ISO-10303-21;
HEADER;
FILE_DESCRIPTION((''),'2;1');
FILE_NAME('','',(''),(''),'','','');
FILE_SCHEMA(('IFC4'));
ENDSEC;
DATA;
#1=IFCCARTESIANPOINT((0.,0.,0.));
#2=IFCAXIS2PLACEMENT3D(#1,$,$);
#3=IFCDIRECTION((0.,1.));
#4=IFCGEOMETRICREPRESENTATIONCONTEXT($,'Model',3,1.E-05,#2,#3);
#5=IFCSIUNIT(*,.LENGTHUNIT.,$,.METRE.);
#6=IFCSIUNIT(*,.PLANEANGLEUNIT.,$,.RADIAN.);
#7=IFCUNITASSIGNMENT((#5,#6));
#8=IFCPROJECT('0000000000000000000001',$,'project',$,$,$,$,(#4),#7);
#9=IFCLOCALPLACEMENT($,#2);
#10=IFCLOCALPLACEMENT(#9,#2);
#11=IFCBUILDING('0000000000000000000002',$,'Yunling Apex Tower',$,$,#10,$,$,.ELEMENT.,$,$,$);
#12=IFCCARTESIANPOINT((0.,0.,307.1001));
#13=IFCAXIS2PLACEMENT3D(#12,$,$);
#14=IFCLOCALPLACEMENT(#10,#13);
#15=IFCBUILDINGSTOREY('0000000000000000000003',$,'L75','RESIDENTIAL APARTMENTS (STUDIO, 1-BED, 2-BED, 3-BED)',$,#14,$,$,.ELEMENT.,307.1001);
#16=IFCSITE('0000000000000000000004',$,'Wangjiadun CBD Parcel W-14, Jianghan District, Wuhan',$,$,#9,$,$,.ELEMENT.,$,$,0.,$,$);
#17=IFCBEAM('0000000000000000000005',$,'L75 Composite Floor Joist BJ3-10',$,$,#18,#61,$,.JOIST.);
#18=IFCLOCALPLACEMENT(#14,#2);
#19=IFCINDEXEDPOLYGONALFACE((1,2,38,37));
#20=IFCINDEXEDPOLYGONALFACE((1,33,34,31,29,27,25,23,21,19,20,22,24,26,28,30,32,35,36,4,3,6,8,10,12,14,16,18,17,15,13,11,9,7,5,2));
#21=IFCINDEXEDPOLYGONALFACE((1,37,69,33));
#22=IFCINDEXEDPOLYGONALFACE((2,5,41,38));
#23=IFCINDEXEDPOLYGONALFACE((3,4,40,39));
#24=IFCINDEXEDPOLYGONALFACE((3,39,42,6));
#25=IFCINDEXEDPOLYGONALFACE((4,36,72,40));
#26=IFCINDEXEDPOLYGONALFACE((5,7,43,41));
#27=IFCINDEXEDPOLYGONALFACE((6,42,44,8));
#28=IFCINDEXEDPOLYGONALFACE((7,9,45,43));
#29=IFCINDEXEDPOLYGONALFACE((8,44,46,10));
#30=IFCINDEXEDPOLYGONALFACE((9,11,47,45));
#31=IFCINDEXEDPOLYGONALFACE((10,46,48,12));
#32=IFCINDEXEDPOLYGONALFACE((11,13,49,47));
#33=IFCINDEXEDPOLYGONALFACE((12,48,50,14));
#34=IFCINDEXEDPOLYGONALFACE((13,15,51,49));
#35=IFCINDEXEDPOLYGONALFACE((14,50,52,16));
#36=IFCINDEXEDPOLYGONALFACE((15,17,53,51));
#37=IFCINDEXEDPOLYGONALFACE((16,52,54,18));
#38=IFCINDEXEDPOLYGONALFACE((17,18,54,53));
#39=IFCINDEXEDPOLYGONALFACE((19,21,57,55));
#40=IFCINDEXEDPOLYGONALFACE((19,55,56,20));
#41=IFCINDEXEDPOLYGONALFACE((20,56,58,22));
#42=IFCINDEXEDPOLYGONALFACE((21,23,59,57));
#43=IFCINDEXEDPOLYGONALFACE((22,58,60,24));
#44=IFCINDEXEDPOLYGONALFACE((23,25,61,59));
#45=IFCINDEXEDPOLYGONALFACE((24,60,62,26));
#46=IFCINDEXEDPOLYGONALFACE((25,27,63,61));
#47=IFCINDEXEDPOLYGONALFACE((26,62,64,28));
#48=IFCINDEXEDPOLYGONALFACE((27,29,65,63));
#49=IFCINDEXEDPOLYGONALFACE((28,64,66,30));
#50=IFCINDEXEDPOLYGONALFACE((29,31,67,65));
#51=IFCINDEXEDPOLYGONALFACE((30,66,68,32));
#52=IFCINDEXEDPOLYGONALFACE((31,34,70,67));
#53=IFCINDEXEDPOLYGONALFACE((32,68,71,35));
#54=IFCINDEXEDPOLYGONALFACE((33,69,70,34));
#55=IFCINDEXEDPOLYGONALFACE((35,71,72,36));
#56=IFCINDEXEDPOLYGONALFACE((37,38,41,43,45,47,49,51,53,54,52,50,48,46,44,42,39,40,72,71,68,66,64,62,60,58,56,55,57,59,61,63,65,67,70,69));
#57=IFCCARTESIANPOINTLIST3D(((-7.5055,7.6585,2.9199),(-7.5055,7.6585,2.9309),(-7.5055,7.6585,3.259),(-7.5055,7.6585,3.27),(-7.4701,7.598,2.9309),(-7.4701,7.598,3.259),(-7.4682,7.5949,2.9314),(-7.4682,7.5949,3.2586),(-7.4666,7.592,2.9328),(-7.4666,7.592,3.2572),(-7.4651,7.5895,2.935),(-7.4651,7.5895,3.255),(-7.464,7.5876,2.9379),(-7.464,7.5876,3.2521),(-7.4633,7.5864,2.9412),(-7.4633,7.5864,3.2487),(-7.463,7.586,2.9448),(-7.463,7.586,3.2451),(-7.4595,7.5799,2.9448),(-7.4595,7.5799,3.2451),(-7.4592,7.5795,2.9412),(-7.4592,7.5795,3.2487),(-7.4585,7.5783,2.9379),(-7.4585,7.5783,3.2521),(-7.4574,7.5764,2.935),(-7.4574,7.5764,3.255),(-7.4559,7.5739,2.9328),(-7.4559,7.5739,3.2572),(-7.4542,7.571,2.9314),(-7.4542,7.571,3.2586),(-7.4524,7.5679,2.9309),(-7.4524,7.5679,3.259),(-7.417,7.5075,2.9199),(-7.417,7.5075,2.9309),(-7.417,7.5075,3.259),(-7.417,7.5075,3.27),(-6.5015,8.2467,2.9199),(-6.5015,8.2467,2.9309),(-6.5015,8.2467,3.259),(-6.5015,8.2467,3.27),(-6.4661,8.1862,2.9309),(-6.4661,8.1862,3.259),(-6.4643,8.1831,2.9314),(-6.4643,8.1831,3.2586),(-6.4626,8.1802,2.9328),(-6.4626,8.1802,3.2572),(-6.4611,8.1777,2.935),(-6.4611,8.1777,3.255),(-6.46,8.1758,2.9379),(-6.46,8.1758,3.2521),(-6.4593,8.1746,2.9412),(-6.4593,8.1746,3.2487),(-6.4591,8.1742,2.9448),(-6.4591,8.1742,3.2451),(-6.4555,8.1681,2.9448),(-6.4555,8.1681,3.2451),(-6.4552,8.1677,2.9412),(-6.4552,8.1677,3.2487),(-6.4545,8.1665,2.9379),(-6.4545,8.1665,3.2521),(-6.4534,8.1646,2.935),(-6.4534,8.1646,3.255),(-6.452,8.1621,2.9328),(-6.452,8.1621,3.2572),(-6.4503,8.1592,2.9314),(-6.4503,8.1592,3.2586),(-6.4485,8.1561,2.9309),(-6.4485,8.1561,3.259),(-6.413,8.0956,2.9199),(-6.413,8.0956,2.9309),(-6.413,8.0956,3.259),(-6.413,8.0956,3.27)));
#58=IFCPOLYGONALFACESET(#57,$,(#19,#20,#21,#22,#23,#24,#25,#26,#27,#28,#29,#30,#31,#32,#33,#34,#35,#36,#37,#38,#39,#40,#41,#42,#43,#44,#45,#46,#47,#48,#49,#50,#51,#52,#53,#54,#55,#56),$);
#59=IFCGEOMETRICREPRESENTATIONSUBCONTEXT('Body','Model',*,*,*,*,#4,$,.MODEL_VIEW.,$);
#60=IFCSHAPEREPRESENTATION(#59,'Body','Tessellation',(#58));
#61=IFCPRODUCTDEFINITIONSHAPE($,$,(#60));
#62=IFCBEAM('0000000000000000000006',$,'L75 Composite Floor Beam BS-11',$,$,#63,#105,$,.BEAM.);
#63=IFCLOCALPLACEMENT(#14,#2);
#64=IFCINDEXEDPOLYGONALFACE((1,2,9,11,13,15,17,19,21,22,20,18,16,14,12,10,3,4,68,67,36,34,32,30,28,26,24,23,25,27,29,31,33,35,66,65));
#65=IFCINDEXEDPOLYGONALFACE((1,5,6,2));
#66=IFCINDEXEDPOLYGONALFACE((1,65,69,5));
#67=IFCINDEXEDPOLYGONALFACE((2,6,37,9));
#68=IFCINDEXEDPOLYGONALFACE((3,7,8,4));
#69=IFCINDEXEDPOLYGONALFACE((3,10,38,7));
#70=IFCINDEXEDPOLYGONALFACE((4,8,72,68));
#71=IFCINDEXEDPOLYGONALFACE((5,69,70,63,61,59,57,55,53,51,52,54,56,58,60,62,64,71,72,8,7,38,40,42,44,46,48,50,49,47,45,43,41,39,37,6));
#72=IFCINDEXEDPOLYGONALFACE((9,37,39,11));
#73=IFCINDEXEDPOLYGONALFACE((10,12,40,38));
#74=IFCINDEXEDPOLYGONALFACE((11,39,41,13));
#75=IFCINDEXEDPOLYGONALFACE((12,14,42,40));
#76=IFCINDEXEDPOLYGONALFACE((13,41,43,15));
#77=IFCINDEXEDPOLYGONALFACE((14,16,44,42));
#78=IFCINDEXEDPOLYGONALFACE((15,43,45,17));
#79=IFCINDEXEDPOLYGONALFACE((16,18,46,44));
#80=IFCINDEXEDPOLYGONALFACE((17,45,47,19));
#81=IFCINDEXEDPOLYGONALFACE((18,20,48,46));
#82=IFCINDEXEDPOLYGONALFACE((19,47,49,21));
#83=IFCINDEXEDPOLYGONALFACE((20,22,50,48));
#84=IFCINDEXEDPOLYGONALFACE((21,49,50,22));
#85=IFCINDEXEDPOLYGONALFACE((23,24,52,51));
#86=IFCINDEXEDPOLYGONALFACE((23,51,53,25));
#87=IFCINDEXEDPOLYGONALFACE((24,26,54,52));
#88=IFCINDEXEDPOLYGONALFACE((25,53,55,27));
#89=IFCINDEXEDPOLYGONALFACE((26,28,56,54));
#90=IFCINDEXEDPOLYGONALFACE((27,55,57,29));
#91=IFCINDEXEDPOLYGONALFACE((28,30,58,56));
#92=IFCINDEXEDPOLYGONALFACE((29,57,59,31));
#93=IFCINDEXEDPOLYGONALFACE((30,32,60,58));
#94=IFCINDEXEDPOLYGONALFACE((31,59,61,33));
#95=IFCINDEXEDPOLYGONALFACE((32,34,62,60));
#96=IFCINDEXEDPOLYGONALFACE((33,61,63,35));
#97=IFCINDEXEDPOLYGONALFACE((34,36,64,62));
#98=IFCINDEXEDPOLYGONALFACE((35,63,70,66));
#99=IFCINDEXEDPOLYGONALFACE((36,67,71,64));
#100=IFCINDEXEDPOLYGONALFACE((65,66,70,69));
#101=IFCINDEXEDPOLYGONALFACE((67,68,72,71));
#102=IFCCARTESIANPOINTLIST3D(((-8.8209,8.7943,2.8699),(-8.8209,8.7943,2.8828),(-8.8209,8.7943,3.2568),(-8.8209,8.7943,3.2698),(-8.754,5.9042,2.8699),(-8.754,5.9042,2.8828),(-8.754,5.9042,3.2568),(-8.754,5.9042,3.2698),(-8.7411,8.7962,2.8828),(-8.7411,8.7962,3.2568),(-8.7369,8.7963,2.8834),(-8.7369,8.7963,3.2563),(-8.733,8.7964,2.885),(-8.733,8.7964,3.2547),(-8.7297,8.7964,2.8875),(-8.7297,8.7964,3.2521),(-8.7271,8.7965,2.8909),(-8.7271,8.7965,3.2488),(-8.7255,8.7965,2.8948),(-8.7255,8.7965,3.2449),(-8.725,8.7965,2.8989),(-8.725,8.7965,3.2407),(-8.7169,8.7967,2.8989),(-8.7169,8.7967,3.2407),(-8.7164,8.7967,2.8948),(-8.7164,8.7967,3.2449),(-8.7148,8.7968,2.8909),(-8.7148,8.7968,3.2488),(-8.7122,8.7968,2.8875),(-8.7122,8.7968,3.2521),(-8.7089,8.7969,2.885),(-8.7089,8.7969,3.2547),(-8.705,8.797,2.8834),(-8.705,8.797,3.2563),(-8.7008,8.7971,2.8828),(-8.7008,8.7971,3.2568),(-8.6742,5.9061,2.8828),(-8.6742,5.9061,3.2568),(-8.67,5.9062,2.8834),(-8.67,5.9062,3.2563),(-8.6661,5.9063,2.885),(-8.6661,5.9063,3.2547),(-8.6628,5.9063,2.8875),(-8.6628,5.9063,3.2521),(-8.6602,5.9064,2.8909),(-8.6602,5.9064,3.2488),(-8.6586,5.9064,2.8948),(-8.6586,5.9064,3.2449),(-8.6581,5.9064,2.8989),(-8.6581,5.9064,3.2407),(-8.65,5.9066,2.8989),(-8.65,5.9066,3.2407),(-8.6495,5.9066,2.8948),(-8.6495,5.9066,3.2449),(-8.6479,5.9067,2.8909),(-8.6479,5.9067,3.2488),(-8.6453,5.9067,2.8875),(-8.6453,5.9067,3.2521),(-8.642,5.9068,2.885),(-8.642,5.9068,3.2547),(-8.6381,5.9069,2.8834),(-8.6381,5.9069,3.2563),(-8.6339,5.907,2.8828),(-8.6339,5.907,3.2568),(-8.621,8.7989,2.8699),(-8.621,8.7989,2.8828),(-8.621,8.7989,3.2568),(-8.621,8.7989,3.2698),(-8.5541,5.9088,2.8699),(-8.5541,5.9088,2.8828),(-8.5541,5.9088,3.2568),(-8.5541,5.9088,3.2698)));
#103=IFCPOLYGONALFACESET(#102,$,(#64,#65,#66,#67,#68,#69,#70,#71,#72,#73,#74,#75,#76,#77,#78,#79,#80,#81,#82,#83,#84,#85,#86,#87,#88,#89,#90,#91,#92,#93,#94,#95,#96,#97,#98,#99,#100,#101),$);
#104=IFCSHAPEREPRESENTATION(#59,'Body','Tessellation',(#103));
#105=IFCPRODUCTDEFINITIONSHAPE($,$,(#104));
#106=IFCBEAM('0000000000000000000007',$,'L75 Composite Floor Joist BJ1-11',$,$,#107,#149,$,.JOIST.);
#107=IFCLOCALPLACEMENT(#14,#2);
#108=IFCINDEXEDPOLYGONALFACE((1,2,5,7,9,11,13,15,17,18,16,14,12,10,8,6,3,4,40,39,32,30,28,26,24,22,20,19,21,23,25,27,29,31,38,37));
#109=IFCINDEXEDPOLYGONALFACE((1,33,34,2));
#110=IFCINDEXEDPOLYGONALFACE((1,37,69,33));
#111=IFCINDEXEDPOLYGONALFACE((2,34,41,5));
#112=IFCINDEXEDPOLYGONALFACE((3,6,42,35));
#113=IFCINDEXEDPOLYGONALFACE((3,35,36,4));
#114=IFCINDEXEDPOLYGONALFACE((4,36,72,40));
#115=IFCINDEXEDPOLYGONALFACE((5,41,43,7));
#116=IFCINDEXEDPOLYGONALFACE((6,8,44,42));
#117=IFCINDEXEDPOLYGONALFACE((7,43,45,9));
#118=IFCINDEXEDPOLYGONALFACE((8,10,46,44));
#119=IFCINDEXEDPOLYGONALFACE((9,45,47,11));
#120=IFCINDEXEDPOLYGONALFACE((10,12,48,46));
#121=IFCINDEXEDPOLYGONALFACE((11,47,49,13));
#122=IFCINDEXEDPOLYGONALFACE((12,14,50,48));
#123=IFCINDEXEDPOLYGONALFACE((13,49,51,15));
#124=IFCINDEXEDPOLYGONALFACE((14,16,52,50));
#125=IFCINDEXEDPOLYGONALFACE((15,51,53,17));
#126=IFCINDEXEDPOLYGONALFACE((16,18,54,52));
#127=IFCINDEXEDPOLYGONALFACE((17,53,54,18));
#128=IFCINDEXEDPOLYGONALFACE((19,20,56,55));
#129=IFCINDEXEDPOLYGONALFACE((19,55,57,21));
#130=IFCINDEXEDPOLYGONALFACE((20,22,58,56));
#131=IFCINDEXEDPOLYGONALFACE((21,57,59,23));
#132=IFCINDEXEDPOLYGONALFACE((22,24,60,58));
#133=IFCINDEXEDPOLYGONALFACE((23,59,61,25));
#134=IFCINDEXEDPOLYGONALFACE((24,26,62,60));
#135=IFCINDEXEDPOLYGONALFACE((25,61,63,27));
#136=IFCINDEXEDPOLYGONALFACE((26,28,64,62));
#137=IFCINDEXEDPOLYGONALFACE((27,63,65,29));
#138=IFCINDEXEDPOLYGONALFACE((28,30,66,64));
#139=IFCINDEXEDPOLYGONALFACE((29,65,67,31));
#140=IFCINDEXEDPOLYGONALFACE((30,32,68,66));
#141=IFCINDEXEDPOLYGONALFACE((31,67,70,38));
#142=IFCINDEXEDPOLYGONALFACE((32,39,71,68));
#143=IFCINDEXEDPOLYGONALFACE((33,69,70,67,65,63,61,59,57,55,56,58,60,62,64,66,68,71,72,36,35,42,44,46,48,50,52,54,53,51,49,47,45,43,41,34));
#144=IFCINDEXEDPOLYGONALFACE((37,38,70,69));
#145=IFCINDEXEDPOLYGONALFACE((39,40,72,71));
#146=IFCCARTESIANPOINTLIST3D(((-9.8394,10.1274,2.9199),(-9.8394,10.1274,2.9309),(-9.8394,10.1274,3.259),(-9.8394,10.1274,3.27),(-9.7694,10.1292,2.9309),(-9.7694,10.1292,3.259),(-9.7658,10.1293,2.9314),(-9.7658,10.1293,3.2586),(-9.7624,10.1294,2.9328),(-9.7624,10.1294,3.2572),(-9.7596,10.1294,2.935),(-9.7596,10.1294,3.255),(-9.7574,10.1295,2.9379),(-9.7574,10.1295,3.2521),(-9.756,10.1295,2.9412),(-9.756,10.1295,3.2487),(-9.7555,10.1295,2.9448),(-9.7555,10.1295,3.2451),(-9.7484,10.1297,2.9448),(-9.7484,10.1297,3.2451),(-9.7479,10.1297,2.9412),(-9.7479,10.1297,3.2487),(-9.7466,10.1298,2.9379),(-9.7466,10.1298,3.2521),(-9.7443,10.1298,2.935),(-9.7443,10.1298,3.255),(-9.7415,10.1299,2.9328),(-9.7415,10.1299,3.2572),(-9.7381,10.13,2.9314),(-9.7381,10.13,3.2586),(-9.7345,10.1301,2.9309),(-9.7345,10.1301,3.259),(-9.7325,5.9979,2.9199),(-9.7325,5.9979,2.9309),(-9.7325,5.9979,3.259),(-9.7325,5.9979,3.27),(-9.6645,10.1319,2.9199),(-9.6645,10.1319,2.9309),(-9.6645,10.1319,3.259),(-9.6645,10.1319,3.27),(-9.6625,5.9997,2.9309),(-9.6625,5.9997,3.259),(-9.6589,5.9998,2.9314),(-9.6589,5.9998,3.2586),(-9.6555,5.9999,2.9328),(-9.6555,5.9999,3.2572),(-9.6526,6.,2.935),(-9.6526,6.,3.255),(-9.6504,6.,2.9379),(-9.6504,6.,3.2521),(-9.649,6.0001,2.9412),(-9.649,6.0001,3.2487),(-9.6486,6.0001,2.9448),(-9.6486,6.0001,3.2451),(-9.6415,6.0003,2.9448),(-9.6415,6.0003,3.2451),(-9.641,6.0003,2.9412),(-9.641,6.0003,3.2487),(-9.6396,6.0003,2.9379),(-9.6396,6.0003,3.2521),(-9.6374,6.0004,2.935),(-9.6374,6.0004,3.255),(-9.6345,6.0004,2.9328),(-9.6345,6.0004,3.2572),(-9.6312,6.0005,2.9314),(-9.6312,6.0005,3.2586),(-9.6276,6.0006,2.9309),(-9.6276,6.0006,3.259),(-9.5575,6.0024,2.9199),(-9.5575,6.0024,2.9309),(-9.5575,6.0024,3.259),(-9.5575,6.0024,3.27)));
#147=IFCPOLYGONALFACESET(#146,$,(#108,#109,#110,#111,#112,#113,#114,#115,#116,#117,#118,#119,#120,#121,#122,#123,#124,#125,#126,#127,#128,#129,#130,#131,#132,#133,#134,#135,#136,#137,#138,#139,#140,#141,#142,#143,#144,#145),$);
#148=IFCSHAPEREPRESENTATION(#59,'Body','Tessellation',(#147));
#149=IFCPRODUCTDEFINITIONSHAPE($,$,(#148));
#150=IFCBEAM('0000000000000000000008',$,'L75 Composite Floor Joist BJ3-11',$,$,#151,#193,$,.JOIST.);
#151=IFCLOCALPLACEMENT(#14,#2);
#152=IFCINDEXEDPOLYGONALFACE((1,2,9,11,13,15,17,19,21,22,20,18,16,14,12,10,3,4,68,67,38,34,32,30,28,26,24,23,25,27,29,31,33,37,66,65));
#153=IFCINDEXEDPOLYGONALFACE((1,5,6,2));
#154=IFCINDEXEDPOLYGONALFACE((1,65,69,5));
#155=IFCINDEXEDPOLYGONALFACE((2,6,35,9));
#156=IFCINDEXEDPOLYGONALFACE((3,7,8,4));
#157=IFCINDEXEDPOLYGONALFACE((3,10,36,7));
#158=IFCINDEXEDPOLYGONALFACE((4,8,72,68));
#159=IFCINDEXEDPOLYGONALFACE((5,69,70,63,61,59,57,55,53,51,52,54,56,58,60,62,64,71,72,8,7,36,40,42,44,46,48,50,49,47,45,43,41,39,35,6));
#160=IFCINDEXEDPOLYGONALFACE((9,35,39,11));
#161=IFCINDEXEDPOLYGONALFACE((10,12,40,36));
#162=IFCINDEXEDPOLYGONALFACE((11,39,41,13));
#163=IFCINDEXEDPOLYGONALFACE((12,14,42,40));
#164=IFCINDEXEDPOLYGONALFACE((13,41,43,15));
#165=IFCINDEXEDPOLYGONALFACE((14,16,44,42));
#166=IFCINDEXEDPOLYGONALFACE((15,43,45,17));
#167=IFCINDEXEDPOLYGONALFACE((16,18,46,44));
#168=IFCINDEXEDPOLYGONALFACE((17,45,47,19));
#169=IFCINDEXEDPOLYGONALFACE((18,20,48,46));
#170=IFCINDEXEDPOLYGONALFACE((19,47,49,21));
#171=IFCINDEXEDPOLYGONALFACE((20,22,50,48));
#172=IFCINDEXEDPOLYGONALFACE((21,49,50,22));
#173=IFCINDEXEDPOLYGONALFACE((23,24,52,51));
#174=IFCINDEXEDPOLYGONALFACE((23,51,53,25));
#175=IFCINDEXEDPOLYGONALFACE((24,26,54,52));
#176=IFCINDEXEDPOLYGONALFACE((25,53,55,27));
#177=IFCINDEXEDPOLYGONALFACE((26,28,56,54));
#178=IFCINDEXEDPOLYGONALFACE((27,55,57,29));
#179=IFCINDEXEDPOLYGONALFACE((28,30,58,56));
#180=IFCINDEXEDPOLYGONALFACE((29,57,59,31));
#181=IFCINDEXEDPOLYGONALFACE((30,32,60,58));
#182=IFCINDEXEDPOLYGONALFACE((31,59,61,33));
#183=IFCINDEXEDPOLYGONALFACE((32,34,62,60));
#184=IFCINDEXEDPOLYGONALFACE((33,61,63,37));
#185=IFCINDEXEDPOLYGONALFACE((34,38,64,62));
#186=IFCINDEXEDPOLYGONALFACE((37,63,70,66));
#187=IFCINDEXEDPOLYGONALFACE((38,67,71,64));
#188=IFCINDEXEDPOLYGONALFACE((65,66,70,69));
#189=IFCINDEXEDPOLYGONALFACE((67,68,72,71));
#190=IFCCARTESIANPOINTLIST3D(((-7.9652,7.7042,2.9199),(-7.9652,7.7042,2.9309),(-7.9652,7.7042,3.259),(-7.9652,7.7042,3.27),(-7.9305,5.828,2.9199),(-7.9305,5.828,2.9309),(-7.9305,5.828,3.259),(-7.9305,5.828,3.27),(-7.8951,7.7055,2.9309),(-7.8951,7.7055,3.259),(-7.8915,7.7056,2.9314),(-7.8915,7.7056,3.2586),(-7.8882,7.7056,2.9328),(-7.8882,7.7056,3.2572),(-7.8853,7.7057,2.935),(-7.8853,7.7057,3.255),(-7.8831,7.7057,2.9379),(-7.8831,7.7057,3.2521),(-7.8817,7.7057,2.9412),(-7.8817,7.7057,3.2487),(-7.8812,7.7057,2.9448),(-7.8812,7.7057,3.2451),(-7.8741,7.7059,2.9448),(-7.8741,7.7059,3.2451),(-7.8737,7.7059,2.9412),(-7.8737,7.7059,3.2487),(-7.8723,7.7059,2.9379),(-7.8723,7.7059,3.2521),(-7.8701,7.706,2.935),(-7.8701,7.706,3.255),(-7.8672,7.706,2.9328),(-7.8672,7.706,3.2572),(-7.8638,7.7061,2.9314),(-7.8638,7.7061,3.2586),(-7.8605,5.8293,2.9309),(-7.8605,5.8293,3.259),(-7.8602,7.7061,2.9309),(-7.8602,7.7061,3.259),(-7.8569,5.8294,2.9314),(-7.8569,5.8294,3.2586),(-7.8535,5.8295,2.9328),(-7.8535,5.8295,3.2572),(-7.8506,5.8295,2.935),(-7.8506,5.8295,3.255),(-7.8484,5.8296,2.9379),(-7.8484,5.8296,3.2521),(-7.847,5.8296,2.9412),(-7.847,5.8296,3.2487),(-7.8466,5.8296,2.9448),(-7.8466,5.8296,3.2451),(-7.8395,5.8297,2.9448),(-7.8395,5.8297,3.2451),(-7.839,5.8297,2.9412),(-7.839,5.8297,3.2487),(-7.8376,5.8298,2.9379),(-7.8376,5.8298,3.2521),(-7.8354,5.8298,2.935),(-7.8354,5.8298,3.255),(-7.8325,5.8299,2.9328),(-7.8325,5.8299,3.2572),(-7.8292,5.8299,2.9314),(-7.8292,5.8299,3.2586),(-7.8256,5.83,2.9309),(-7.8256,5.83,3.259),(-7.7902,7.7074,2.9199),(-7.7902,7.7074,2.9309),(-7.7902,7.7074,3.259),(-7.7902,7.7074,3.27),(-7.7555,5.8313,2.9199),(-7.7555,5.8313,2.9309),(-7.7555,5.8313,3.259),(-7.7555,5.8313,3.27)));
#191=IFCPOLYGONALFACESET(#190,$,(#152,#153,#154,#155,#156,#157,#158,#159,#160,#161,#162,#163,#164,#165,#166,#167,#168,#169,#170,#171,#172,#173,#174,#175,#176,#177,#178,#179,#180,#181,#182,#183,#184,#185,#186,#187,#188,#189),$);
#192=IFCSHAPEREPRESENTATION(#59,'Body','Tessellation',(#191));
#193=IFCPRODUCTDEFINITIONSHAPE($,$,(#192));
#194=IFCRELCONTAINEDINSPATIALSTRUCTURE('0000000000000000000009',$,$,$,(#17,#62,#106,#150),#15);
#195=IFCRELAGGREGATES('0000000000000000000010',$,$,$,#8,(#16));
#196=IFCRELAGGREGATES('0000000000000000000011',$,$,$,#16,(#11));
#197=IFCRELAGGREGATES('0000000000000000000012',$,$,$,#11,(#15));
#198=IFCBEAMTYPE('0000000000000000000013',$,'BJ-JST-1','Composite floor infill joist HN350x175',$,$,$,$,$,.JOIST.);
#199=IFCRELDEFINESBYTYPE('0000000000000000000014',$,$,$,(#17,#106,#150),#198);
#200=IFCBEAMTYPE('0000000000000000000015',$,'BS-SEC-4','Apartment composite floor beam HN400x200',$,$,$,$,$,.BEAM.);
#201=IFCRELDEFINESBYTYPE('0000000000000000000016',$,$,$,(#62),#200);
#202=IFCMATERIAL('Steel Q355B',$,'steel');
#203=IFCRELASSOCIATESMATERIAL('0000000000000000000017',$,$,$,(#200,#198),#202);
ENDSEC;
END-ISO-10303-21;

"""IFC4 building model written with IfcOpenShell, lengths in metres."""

from ifc_helpers import new_model, si_unit, direction, frame, origin, origin_2d, place, context, subcontext, project, spatial, i_section, extrude, source, transform, mapped, material, material_profile, profile_set, type_object, element, save


model = new_model("IFC4")

# Units and contexts
model_context = context("Model", 3, precision=1e-05, world=origin(), true_north=direction((0.0, 1.0)))
body_context = subcontext(model_context, "Body", "Model", "MODEL_VIEW")
ifc_project = project(units=[si_unit("LENGTHUNIT", "METRE"), si_unit("PLANEANGLEUNIT", "RADIAN")], contexts=[model_context])

# Site, building, storey
site_placement = place(None, origin())
site = spatial("IfcSite", under=ifc_project, at=site_placement, Name="Wangjiadun CBD Parcel W-14, Jianghan District, Wuhan", CompositionType="ELEMENT", RefElevation=0.0)
building_placement = place(site_placement, origin())
building = spatial("IfcBuilding", under=site, at=building_placement, Name="Yunling Apex Tower", CompositionType="ELEMENT")
storey_placement = place(building_placement, frame((0.0, 0.0, 307.1001)))
storey = spatial("IfcBuildingStorey", under=building, at=storey_placement, Name="L75", Description="RESIDENTIAL APARTMENTS (STUDIO, 1-BED, 2-BED, 3-BED)", CompositionType="ELEMENT", Elevation=307.1001)

# Shared definitions
ifc_material_1 = material(Name="Steel Q355B", Category="steel")

# Beams
ifc_material_profile_1 = material_profile(ifc_material_1, i_section(OverallWidth=0.2, OverallDepth=0.3999, WebThickness=0.0081, FlangeThickness=0.0129, FilletRadius=0.0161, at=origin_2d()))
ifc_profile_set_1 = profile_set([ifc_material_profile_1], Name="Steel Q355B")
beam_type_1 = type_object("IfcBeamType", Name="BS-SEC-4", Description="Apartment composite floor beam HN400x200", PredefinedType="BEAM", material=ifc_profile_set_1)
ifc_material_profile_2 = material_profile(ifc_material_1, i_section(OverallWidth=0.175, OverallDepth=0.3501, WebThickness=0.0071, FlangeThickness=0.011, FilletRadius=0.0139, at=origin_2d()))
ifc_profile_set_2 = profile_set([ifc_material_profile_2], Name="Steel Q355B")
beam_type_2 = type_object("IfcBeamType", Name="BJ-JST-1", Description="Composite floor infill joist HN350x175", PredefinedType="JOIST", material=ifc_profile_set_2)
shared_shape_1 = source(origin(), body_context, "Body", "SweptSolid", [
    extrude(i_section(OverallWidth=0.175, OverallDepth=0.3501, WebThickness=0.0071, FlangeThickness=0.011, FilletRadius=0.0139, at=origin_2d()), origin(), (0.0, 0.0, 1.0), 1.1636),
])
beam_1_placement = place(storey_placement, frame((-6.4573, 8.1711, 3.095), z_axis=(-0.862834, -0.505488, 0.0), x_axis=(0.505488, -0.862834, 0.0)))
element("IfcBeam", 1, at=beam_1_placement, inside=storey, type_object=beam_type_2, Name="L75 Composite Floor Joist BJ3-10", PredefinedType="JOIST", context=body_context, shape_type="MappedRepresentation", body=[
    mapped(shared_shape_1, transform((0.0, 0.0, 0.0), scale=1.0)),
])
shared_shape_2 = source(origin(), body_context, "Body", "SweptSolid", [
    extrude(i_section(OverallWidth=0.2, OverallDepth=0.3999, WebThickness=0.0081, FlangeThickness=0.0129, FilletRadius=0.0161, at=origin_2d()), origin(), (0.0, 0.0, 1.0), 2.8909),
])
beam_2_placement = place(storey_placement, frame((-8.7209, 8.7966, 3.0698), z_axis=(0.02314, -0.999732, 0.0), x_axis=(0.999732, 0.02314, 0.0)))
element("IfcBeam", 2, at=beam_2_placement, inside=storey, type_object=beam_type_1, Name="L75 Composite Floor Beam BS-11", PredefinedType="BEAM", context=body_context, shape_type="MappedRepresentation", body=[
    mapped(shared_shape_2, transform((0.0, 0.0, 0.0), scale=1.0)),
])
shared_shape_3 = source(origin(), body_context, "Body", "SweptSolid", [
    extrude(i_section(OverallWidth=0.175, OverallDepth=0.3501, WebThickness=0.0071, FlangeThickness=0.011, FilletRadius=0.0139, at=origin_2d()), origin(), (0.0, 0.0, 1.0), 4.1309),
])
beam_3_placement = place(storey_placement, frame((-9.752, 10.1296, 3.095), z_axis=(0.025887, -0.999665, 0.0), x_axis=(0.999665, 0.025887, 0.0)))
element("IfcBeam", 3, at=beam_3_placement, inside=storey, type_object=beam_type_2, Name="L75 Composite Floor Joist BJ1-11", PredefinedType="JOIST", context=body_context, shape_type="MappedRepresentation", body=[
    mapped(shared_shape_3, transform((0.0, 0.0, 0.0), scale=1.0)),
])
shared_shape_4 = source(origin(), body_context, "Body", "SweptSolid", [
    extrude(i_section(OverallWidth=0.175, OverallDepth=0.3501, WebThickness=0.0071, FlangeThickness=0.011, FilletRadius=0.0139, at=origin_2d()), origin(), (0.0, 0.0, 1.0), 1.8765),
])
beam_4_placement = place(storey_placement, frame((-7.8777, 7.7058, 3.095), z_axis=(0.018474, -0.999829, 0.0), x_axis=(0.999829, 0.018474, 0.0)))
element("IfcBeam", 4, at=beam_4_placement, inside=storey, type_object=beam_type_2, Name="L75 Composite Floor Joist BJ3-11", PredefinedType="JOIST", context=body_context, shape_type="MappedRepresentation", body=[
    mapped(shared_shape_4, transform((0.0, 0.0, 0.0), scale=1.0)),
])

save(model, "model.ifc")
